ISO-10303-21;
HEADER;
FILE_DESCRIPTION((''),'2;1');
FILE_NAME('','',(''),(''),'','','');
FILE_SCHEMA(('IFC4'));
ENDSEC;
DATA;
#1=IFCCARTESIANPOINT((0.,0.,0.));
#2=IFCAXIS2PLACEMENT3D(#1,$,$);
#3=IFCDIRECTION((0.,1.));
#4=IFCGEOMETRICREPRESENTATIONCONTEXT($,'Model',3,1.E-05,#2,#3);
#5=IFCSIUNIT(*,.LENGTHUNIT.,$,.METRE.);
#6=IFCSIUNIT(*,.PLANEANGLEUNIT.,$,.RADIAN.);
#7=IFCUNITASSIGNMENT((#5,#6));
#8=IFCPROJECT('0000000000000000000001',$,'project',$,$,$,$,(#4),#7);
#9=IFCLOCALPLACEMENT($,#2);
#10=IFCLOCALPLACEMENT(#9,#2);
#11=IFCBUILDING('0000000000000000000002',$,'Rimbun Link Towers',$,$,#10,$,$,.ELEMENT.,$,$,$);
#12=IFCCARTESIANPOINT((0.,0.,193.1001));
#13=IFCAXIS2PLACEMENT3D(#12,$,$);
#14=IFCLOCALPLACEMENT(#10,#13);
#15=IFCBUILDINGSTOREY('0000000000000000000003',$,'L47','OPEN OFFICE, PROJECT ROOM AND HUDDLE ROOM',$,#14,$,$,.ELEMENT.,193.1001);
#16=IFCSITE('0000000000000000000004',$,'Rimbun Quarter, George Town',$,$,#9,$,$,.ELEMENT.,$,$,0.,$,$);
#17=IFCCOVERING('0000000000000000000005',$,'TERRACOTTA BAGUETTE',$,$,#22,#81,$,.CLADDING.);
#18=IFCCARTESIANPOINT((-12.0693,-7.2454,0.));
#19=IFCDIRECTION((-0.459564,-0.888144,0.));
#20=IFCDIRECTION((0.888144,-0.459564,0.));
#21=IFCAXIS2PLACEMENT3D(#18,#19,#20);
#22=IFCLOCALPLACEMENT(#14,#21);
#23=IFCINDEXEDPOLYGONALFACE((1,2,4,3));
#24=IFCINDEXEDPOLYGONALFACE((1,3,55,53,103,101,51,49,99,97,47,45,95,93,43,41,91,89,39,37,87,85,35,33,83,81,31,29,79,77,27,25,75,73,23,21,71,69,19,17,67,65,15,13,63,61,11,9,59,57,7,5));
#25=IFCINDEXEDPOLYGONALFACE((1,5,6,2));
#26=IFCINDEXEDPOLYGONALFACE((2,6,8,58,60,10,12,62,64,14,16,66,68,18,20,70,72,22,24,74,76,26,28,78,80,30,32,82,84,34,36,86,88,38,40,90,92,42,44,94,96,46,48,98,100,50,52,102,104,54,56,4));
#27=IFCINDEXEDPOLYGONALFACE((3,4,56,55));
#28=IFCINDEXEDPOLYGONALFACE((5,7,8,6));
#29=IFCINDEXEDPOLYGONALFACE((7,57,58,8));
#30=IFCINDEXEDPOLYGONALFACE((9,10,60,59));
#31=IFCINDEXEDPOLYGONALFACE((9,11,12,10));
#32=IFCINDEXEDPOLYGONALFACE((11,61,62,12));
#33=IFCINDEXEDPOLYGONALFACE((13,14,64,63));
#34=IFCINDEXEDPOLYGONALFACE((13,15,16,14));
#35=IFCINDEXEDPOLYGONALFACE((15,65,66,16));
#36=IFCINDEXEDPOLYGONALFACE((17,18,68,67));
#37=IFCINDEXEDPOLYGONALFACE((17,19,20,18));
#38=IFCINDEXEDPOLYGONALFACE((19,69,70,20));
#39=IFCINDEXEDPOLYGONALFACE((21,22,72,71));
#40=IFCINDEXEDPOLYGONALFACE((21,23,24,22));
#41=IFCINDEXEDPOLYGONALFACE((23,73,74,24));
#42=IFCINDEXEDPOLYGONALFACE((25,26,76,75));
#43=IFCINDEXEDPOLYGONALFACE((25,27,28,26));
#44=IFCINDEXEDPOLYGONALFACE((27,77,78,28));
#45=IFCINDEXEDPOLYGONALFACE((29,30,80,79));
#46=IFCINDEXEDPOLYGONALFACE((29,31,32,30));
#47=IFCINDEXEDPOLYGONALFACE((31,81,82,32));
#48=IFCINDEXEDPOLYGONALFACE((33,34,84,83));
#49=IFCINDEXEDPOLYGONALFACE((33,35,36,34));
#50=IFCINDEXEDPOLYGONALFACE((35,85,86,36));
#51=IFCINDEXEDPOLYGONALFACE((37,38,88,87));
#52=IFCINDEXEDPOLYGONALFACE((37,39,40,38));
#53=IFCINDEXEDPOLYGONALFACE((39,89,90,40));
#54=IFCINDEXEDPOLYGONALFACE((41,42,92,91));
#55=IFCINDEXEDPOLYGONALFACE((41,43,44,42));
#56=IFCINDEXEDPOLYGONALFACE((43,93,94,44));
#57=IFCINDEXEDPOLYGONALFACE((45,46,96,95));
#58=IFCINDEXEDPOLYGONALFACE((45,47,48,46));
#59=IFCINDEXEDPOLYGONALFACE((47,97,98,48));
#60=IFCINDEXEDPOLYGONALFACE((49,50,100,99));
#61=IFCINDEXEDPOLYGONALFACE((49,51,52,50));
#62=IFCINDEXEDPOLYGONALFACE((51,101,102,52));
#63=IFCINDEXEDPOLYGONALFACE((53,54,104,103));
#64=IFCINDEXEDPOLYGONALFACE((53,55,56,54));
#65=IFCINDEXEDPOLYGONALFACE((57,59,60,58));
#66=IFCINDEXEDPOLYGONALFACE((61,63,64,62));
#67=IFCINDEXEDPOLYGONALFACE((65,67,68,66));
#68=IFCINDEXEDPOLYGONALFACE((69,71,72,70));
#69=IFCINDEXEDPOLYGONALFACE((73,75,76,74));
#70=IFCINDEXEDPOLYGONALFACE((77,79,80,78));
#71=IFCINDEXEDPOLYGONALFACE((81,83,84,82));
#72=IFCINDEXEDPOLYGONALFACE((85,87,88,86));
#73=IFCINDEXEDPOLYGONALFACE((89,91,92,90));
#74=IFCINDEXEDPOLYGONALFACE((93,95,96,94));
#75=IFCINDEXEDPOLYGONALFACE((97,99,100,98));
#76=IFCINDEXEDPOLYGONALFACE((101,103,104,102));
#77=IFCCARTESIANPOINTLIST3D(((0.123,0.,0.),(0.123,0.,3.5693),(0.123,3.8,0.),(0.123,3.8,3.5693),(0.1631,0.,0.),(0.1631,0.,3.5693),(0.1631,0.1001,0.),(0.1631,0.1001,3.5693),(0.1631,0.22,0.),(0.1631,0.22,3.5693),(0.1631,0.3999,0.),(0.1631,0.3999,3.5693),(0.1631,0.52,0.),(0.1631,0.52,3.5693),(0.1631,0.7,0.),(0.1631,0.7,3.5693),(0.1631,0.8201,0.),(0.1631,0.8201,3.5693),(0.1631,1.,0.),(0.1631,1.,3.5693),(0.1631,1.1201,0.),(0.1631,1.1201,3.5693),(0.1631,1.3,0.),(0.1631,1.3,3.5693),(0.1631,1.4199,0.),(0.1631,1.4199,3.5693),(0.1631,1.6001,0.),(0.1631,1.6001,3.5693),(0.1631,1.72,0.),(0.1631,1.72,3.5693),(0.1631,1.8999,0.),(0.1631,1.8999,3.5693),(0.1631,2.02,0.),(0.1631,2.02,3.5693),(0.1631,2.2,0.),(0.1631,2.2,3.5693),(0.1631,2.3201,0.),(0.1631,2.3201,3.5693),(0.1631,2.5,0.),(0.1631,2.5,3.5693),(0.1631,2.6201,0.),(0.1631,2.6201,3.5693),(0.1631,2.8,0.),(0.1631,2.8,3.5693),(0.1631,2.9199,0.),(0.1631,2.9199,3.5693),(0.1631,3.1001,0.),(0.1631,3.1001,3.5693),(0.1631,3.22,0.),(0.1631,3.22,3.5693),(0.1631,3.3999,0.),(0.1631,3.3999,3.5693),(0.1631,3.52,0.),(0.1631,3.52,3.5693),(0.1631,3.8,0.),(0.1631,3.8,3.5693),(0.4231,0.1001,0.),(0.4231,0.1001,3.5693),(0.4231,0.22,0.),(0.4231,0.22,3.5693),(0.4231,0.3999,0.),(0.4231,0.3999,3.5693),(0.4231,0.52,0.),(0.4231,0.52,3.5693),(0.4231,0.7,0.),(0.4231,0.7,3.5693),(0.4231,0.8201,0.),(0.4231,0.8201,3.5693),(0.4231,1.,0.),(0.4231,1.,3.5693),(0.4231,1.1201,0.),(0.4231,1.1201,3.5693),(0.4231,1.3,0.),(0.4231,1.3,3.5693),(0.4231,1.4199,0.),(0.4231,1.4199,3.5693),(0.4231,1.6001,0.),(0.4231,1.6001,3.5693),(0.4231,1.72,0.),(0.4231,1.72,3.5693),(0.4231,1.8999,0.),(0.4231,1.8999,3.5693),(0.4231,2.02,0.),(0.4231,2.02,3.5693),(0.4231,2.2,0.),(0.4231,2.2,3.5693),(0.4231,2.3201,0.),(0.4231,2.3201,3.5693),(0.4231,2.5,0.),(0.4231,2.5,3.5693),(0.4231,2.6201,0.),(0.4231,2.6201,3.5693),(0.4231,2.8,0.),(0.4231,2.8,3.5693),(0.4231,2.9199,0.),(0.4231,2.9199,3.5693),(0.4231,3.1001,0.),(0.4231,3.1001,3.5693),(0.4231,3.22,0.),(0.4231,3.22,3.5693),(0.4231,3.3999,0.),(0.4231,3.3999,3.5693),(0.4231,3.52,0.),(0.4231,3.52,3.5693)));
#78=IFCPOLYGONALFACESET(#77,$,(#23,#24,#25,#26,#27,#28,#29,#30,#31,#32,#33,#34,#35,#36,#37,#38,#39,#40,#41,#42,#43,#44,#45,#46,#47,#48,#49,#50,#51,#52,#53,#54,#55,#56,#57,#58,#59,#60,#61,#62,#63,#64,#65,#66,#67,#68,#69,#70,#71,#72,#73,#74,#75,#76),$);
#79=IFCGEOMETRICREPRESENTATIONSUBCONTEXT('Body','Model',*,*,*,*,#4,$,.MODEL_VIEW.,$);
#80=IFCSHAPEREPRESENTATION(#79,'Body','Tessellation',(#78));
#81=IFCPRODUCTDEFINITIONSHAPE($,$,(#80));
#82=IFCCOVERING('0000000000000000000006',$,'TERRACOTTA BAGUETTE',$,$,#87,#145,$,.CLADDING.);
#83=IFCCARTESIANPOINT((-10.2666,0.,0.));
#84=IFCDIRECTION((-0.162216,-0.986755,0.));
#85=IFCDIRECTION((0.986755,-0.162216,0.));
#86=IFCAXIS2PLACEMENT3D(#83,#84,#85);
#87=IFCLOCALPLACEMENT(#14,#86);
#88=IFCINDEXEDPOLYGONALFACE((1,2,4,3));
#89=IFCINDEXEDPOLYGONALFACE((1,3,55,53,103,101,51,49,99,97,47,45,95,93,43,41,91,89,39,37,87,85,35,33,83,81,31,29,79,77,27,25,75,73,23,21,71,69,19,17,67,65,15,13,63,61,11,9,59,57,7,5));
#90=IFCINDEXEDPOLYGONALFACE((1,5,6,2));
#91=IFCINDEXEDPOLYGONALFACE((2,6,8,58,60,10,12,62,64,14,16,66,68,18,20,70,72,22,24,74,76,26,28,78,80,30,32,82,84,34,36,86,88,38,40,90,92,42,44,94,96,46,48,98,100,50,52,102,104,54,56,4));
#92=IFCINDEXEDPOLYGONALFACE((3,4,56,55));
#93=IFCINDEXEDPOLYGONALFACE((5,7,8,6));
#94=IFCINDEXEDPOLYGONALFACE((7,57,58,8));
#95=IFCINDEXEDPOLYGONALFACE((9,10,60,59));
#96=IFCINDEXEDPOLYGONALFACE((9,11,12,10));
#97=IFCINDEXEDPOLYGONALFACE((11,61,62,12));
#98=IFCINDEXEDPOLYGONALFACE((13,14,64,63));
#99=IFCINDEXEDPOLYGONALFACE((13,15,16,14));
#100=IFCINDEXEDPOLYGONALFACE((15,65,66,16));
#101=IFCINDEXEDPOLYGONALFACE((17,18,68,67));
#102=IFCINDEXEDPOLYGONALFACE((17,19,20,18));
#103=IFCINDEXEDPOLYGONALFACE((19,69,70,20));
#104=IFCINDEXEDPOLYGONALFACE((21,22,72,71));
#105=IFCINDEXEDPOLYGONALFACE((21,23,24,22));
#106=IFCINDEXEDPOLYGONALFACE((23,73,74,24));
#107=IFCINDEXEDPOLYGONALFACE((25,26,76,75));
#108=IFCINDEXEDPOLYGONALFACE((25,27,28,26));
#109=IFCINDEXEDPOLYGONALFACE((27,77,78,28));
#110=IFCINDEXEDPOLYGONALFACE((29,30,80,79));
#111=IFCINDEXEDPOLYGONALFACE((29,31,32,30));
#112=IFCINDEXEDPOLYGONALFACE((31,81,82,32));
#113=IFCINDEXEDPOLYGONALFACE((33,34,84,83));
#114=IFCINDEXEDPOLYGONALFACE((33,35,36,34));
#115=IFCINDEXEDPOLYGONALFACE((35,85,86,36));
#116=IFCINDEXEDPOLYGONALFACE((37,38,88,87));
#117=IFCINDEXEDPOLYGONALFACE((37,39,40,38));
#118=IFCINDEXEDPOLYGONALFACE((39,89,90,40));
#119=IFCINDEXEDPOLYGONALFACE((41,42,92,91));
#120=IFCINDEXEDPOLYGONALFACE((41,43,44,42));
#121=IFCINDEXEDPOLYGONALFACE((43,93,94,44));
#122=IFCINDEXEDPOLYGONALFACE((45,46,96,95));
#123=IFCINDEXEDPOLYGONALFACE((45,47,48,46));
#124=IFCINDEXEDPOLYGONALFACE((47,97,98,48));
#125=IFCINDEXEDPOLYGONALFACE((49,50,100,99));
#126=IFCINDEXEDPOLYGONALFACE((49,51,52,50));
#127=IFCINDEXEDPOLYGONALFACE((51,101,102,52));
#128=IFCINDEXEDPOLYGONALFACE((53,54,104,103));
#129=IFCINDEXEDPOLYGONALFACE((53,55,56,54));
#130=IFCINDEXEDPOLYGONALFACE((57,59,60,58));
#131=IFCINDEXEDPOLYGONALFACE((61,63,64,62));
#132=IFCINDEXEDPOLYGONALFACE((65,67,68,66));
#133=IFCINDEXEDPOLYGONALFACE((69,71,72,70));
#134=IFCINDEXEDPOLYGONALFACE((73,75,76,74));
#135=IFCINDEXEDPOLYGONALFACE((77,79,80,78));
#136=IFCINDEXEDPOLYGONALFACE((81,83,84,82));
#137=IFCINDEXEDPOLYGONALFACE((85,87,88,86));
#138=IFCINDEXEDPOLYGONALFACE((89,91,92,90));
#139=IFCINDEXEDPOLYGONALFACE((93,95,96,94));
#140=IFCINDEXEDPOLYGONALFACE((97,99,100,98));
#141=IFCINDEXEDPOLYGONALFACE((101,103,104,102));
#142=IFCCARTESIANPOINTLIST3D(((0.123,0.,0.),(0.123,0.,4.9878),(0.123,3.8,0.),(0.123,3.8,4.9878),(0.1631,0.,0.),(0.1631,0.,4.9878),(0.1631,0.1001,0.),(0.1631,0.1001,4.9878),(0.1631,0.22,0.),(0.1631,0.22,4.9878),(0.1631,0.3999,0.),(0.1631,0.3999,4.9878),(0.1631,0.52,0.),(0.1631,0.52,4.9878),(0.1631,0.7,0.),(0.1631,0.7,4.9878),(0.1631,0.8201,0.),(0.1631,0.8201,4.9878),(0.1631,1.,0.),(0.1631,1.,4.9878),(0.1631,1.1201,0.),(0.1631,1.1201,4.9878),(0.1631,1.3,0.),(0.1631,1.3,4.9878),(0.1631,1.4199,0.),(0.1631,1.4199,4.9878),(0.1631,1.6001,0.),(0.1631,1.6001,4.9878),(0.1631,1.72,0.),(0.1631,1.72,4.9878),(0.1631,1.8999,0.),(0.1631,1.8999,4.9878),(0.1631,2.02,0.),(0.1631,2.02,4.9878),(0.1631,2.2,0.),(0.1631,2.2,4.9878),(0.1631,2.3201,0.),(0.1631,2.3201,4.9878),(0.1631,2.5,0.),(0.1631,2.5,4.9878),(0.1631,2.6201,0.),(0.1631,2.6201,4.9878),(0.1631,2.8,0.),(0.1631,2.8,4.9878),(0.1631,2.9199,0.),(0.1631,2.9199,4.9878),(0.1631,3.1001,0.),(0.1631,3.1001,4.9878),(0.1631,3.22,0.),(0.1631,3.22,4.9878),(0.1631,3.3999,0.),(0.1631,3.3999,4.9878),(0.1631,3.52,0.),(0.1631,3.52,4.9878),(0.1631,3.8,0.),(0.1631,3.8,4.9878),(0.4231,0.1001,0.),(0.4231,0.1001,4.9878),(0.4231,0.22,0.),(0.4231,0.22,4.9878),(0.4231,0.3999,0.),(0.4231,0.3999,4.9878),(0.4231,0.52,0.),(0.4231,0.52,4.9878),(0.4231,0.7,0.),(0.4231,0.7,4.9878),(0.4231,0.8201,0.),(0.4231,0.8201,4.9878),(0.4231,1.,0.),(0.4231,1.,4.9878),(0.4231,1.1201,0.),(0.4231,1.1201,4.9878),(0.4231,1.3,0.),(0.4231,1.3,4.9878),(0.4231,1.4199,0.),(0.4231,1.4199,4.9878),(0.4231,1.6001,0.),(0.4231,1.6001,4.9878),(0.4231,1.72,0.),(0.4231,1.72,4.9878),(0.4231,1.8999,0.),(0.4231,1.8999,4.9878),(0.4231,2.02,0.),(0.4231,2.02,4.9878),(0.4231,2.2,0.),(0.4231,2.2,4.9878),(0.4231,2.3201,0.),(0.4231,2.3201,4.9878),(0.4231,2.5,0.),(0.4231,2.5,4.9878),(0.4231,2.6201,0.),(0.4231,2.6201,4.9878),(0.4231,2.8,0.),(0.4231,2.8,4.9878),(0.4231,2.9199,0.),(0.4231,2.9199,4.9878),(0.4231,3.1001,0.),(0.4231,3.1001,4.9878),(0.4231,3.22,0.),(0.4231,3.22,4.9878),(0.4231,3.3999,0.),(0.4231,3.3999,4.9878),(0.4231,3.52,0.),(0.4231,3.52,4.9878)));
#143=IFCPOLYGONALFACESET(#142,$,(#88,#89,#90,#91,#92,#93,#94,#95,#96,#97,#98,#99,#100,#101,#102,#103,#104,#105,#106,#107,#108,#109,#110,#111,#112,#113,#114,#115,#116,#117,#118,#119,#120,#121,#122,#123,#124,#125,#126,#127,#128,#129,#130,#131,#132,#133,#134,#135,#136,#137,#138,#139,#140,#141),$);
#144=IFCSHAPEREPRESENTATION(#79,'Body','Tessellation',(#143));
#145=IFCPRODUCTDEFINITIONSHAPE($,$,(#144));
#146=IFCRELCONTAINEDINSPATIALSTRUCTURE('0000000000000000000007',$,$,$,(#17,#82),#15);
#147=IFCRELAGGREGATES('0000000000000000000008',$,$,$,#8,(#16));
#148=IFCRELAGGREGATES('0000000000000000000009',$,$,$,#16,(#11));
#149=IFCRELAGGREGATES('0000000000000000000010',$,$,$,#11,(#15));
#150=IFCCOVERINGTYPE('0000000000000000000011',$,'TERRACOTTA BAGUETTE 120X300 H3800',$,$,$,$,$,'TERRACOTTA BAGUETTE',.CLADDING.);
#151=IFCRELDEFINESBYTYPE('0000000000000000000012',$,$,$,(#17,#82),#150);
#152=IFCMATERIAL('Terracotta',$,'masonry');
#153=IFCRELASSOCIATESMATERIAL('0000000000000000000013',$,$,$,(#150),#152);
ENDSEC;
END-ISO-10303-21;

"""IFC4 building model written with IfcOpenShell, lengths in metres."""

from ifc_helpers import new_model, si_unit, direction, frame, origin, place, context, subcontext, project, spatial, polyline, outline, extrude, material, material_profile, profile_set, type_object, element, save


model = new_model("IFC4")

# Units and contexts
model_context = context("Model", 3, precision=1e-05, world=origin(), true_north=direction((0.0, 1.0)))
body_context = subcontext(model_context, "Body", "Model", "MODEL_VIEW")
ifc_project = project(units=[si_unit("LENGTHUNIT", "METRE"), si_unit("PLANEANGLEUNIT", "RADIAN")], contexts=[model_context])

# Site, building, storey
site_placement = place(None, origin())
site = spatial("IfcSite", under=ifc_project, at=site_placement, Name="Rimbun Quarter, George Town", CompositionType="ELEMENT", RefElevation=0.0)
building_placement = place(site_placement, origin())
building = spatial("IfcBuilding", under=site, at=building_placement, Name="Rimbun Link Towers", CompositionType="ELEMENT")
storey_placement = place(building_placement, frame((0.0, 0.0, 193.1001)))
storey = spatial("IfcBuildingStorey", under=building, at=storey_placement, Name="L47", Description="OPEN OFFICE, PROJECT ROOM AND HUDDLE ROOM", CompositionType="ELEMENT", Elevation=193.1001)

# Coverings
ifc_material_1 = material(Name="Terracotta", Category="masonry")
ifc_material_profile_1 = material_profile(ifc_material_1, outline(polyline([(0.123, 0.0), (0.1631, 0.0), (0.1631, 0.1001), (0.4231, 0.1001), (0.4231, 0.22), (0.1631, 0.22), (0.1631, 0.3999), (0.4231, 0.3999), (0.4231, 0.52), (0.1631, 0.52), (0.1631, 0.7), (0.4231, 0.7), (0.4231, 0.8201), (0.1631, 0.8201), (0.1631, 1.0), (0.4231, 1.0), (0.4231, 1.1201), (0.1631, 1.1201), (0.1631, 1.3), (0.4231, 1.3), (0.4231, 1.4199), (0.1631, 1.4199), (0.1631, 1.6001), (0.4231, 1.6001), (0.4231, 1.72), (0.1631, 1.72), (0.1631, 1.8999), (0.4231, 1.8999), (0.4231, 2.02), (0.1631, 2.02), (0.1631, 2.2), (0.4231, 2.2), (0.4231, 2.3201), (0.1631, 2.3201), (0.1631, 2.5), (0.4231, 2.5), (0.4231, 2.6201), (0.1631, 2.6201), (0.1631, 2.8), (0.4231, 2.8), (0.4231, 2.9199), (0.1631, 2.9199), (0.1631, 3.1001), (0.4231, 3.1001), (0.4231, 3.22), (0.1631, 3.22), (0.1631, 3.3999), (0.4231, 3.3999), (0.4231, 3.52), (0.1631, 3.52), (0.1631, 3.8), (0.123, 3.8), (0.123, 0.0)])), Name="BAGUETTE 120X300")
ifc_profile_set_1 = profile_set([ifc_material_profile_1], Name="Terracotta")
covering_type = type_object("IfcCoveringType", Name="TERRACOTTA BAGUETTE 120X300 H3800", ElementType="TERRACOTTA BAGUETTE", PredefinedType="CLADDING", material=ifc_profile_set_1)
covering_1_placement = place(storey_placement, frame((-12.0693, -7.2454, 0.0), z_axis=(-0.459564, -0.888144, 0.0), x_axis=(0.888144, -0.459564, 0.0)))
element("IfcCovering", 1, at=covering_1_placement, inside=storey, type_object=covering_type, Name="TERRACOTTA BAGUETTE", PredefinedType="CLADDING", context=body_context, shape_type="SweptSolid", body=[
    extrude(outline(polyline([(0.123, 0.0), (0.1631, 0.0), (0.1631, 0.1001), (0.4231, 0.1001), (0.4231, 0.22), (0.1631, 0.22), (0.1631, 0.3999), (0.4231, 0.3999), (0.4231, 0.52), (0.1631, 0.52), (0.1631, 0.7), (0.4231, 0.7), (0.4231, 0.8201), (0.1631, 0.8201), (0.1631, 1.0), (0.4231, 1.0), (0.4231, 1.1201), (0.1631, 1.1201), (0.1631, 1.3), (0.4231, 1.3), (0.4231, 1.4199), (0.1631, 1.4199), (0.1631, 1.6001), (0.4231, 1.6001), (0.4231, 1.72), (0.1631, 1.72), (0.1631, 1.8999), (0.4231, 1.8999), (0.4231, 2.02), (0.1631, 2.02), (0.1631, 2.2), (0.4231, 2.2), (0.4231, 2.3201), (0.1631, 2.3201), (0.1631, 2.5), (0.4231, 2.5), (0.4231, 2.6201), (0.1631, 2.6201), (0.1631, 2.8), (0.4231, 2.8), (0.4231, 2.9199), (0.1631, 2.9199), (0.1631, 3.1001), (0.4231, 3.1001), (0.4231, 3.22), (0.1631, 3.22), (0.1631, 3.3999), (0.4231, 3.3999), (0.4231, 3.52), (0.1631, 3.52), (0.1631, 3.8), (0.123, 3.8), (0.123, 0.0)])), origin(), (0.0, 0.0, 1.0), 3.5693),
])
covering_2_placement = place(storey_placement, frame((-10.2666, 0.0, 0.0), z_axis=(-0.162216, -0.986755, 0.0), x_axis=(0.986755, -0.162216, 0.0)))
element("IfcCovering", 2, at=covering_2_placement, inside=storey, type_object=covering_type, Name="TERRACOTTA BAGUETTE", PredefinedType="CLADDING", context=body_context, shape_type="SweptSolid", body=[
    extrude(outline(polyline([(0.123, 0.0), (0.1631, 0.0), (0.1631, 0.1001), (0.4231, 0.1001), (0.4231, 0.22), (0.1631, 0.22), (0.1631, 0.3999), (0.4231, 0.3999), (0.4231, 0.52), (0.1631, 0.52), (0.1631, 0.7), (0.4231, 0.7), (0.4231, 0.8201), (0.1631, 0.8201), (0.1631, 1.0), (0.4231, 1.0), (0.4231, 1.1201), (0.1631, 1.1201), (0.1631, 1.3), (0.4231, 1.3), (0.4231, 1.4199), (0.1631, 1.4199), (0.1631, 1.6001), (0.4231, 1.6001), (0.4231, 1.72), (0.1631, 1.72), (0.1631, 1.8999), (0.4231, 1.8999), (0.4231, 2.02), (0.1631, 2.02), (0.1631, 2.2), (0.4231, 2.2), (0.4231, 2.3201), (0.1631, 2.3201), (0.1631, 2.5), (0.4231, 2.5), (0.4231, 2.6201), (0.1631, 2.6201), (0.1631, 2.8), (0.4231, 2.8), (0.4231, 2.9199), (0.1631, 2.9199), (0.1631, 3.1001), (0.4231, 3.1001), (0.4231, 3.22), (0.1631, 3.22), (0.1631, 3.3999), (0.4231, 3.3999), (0.4231, 3.52), (0.1631, 3.52), (0.1631, 3.8), (0.123, 3.8), (0.123, 0.0)])), origin(), (0.0, 0.0, 1.0), 4.9878),
])

save(model, "model.ifc")
